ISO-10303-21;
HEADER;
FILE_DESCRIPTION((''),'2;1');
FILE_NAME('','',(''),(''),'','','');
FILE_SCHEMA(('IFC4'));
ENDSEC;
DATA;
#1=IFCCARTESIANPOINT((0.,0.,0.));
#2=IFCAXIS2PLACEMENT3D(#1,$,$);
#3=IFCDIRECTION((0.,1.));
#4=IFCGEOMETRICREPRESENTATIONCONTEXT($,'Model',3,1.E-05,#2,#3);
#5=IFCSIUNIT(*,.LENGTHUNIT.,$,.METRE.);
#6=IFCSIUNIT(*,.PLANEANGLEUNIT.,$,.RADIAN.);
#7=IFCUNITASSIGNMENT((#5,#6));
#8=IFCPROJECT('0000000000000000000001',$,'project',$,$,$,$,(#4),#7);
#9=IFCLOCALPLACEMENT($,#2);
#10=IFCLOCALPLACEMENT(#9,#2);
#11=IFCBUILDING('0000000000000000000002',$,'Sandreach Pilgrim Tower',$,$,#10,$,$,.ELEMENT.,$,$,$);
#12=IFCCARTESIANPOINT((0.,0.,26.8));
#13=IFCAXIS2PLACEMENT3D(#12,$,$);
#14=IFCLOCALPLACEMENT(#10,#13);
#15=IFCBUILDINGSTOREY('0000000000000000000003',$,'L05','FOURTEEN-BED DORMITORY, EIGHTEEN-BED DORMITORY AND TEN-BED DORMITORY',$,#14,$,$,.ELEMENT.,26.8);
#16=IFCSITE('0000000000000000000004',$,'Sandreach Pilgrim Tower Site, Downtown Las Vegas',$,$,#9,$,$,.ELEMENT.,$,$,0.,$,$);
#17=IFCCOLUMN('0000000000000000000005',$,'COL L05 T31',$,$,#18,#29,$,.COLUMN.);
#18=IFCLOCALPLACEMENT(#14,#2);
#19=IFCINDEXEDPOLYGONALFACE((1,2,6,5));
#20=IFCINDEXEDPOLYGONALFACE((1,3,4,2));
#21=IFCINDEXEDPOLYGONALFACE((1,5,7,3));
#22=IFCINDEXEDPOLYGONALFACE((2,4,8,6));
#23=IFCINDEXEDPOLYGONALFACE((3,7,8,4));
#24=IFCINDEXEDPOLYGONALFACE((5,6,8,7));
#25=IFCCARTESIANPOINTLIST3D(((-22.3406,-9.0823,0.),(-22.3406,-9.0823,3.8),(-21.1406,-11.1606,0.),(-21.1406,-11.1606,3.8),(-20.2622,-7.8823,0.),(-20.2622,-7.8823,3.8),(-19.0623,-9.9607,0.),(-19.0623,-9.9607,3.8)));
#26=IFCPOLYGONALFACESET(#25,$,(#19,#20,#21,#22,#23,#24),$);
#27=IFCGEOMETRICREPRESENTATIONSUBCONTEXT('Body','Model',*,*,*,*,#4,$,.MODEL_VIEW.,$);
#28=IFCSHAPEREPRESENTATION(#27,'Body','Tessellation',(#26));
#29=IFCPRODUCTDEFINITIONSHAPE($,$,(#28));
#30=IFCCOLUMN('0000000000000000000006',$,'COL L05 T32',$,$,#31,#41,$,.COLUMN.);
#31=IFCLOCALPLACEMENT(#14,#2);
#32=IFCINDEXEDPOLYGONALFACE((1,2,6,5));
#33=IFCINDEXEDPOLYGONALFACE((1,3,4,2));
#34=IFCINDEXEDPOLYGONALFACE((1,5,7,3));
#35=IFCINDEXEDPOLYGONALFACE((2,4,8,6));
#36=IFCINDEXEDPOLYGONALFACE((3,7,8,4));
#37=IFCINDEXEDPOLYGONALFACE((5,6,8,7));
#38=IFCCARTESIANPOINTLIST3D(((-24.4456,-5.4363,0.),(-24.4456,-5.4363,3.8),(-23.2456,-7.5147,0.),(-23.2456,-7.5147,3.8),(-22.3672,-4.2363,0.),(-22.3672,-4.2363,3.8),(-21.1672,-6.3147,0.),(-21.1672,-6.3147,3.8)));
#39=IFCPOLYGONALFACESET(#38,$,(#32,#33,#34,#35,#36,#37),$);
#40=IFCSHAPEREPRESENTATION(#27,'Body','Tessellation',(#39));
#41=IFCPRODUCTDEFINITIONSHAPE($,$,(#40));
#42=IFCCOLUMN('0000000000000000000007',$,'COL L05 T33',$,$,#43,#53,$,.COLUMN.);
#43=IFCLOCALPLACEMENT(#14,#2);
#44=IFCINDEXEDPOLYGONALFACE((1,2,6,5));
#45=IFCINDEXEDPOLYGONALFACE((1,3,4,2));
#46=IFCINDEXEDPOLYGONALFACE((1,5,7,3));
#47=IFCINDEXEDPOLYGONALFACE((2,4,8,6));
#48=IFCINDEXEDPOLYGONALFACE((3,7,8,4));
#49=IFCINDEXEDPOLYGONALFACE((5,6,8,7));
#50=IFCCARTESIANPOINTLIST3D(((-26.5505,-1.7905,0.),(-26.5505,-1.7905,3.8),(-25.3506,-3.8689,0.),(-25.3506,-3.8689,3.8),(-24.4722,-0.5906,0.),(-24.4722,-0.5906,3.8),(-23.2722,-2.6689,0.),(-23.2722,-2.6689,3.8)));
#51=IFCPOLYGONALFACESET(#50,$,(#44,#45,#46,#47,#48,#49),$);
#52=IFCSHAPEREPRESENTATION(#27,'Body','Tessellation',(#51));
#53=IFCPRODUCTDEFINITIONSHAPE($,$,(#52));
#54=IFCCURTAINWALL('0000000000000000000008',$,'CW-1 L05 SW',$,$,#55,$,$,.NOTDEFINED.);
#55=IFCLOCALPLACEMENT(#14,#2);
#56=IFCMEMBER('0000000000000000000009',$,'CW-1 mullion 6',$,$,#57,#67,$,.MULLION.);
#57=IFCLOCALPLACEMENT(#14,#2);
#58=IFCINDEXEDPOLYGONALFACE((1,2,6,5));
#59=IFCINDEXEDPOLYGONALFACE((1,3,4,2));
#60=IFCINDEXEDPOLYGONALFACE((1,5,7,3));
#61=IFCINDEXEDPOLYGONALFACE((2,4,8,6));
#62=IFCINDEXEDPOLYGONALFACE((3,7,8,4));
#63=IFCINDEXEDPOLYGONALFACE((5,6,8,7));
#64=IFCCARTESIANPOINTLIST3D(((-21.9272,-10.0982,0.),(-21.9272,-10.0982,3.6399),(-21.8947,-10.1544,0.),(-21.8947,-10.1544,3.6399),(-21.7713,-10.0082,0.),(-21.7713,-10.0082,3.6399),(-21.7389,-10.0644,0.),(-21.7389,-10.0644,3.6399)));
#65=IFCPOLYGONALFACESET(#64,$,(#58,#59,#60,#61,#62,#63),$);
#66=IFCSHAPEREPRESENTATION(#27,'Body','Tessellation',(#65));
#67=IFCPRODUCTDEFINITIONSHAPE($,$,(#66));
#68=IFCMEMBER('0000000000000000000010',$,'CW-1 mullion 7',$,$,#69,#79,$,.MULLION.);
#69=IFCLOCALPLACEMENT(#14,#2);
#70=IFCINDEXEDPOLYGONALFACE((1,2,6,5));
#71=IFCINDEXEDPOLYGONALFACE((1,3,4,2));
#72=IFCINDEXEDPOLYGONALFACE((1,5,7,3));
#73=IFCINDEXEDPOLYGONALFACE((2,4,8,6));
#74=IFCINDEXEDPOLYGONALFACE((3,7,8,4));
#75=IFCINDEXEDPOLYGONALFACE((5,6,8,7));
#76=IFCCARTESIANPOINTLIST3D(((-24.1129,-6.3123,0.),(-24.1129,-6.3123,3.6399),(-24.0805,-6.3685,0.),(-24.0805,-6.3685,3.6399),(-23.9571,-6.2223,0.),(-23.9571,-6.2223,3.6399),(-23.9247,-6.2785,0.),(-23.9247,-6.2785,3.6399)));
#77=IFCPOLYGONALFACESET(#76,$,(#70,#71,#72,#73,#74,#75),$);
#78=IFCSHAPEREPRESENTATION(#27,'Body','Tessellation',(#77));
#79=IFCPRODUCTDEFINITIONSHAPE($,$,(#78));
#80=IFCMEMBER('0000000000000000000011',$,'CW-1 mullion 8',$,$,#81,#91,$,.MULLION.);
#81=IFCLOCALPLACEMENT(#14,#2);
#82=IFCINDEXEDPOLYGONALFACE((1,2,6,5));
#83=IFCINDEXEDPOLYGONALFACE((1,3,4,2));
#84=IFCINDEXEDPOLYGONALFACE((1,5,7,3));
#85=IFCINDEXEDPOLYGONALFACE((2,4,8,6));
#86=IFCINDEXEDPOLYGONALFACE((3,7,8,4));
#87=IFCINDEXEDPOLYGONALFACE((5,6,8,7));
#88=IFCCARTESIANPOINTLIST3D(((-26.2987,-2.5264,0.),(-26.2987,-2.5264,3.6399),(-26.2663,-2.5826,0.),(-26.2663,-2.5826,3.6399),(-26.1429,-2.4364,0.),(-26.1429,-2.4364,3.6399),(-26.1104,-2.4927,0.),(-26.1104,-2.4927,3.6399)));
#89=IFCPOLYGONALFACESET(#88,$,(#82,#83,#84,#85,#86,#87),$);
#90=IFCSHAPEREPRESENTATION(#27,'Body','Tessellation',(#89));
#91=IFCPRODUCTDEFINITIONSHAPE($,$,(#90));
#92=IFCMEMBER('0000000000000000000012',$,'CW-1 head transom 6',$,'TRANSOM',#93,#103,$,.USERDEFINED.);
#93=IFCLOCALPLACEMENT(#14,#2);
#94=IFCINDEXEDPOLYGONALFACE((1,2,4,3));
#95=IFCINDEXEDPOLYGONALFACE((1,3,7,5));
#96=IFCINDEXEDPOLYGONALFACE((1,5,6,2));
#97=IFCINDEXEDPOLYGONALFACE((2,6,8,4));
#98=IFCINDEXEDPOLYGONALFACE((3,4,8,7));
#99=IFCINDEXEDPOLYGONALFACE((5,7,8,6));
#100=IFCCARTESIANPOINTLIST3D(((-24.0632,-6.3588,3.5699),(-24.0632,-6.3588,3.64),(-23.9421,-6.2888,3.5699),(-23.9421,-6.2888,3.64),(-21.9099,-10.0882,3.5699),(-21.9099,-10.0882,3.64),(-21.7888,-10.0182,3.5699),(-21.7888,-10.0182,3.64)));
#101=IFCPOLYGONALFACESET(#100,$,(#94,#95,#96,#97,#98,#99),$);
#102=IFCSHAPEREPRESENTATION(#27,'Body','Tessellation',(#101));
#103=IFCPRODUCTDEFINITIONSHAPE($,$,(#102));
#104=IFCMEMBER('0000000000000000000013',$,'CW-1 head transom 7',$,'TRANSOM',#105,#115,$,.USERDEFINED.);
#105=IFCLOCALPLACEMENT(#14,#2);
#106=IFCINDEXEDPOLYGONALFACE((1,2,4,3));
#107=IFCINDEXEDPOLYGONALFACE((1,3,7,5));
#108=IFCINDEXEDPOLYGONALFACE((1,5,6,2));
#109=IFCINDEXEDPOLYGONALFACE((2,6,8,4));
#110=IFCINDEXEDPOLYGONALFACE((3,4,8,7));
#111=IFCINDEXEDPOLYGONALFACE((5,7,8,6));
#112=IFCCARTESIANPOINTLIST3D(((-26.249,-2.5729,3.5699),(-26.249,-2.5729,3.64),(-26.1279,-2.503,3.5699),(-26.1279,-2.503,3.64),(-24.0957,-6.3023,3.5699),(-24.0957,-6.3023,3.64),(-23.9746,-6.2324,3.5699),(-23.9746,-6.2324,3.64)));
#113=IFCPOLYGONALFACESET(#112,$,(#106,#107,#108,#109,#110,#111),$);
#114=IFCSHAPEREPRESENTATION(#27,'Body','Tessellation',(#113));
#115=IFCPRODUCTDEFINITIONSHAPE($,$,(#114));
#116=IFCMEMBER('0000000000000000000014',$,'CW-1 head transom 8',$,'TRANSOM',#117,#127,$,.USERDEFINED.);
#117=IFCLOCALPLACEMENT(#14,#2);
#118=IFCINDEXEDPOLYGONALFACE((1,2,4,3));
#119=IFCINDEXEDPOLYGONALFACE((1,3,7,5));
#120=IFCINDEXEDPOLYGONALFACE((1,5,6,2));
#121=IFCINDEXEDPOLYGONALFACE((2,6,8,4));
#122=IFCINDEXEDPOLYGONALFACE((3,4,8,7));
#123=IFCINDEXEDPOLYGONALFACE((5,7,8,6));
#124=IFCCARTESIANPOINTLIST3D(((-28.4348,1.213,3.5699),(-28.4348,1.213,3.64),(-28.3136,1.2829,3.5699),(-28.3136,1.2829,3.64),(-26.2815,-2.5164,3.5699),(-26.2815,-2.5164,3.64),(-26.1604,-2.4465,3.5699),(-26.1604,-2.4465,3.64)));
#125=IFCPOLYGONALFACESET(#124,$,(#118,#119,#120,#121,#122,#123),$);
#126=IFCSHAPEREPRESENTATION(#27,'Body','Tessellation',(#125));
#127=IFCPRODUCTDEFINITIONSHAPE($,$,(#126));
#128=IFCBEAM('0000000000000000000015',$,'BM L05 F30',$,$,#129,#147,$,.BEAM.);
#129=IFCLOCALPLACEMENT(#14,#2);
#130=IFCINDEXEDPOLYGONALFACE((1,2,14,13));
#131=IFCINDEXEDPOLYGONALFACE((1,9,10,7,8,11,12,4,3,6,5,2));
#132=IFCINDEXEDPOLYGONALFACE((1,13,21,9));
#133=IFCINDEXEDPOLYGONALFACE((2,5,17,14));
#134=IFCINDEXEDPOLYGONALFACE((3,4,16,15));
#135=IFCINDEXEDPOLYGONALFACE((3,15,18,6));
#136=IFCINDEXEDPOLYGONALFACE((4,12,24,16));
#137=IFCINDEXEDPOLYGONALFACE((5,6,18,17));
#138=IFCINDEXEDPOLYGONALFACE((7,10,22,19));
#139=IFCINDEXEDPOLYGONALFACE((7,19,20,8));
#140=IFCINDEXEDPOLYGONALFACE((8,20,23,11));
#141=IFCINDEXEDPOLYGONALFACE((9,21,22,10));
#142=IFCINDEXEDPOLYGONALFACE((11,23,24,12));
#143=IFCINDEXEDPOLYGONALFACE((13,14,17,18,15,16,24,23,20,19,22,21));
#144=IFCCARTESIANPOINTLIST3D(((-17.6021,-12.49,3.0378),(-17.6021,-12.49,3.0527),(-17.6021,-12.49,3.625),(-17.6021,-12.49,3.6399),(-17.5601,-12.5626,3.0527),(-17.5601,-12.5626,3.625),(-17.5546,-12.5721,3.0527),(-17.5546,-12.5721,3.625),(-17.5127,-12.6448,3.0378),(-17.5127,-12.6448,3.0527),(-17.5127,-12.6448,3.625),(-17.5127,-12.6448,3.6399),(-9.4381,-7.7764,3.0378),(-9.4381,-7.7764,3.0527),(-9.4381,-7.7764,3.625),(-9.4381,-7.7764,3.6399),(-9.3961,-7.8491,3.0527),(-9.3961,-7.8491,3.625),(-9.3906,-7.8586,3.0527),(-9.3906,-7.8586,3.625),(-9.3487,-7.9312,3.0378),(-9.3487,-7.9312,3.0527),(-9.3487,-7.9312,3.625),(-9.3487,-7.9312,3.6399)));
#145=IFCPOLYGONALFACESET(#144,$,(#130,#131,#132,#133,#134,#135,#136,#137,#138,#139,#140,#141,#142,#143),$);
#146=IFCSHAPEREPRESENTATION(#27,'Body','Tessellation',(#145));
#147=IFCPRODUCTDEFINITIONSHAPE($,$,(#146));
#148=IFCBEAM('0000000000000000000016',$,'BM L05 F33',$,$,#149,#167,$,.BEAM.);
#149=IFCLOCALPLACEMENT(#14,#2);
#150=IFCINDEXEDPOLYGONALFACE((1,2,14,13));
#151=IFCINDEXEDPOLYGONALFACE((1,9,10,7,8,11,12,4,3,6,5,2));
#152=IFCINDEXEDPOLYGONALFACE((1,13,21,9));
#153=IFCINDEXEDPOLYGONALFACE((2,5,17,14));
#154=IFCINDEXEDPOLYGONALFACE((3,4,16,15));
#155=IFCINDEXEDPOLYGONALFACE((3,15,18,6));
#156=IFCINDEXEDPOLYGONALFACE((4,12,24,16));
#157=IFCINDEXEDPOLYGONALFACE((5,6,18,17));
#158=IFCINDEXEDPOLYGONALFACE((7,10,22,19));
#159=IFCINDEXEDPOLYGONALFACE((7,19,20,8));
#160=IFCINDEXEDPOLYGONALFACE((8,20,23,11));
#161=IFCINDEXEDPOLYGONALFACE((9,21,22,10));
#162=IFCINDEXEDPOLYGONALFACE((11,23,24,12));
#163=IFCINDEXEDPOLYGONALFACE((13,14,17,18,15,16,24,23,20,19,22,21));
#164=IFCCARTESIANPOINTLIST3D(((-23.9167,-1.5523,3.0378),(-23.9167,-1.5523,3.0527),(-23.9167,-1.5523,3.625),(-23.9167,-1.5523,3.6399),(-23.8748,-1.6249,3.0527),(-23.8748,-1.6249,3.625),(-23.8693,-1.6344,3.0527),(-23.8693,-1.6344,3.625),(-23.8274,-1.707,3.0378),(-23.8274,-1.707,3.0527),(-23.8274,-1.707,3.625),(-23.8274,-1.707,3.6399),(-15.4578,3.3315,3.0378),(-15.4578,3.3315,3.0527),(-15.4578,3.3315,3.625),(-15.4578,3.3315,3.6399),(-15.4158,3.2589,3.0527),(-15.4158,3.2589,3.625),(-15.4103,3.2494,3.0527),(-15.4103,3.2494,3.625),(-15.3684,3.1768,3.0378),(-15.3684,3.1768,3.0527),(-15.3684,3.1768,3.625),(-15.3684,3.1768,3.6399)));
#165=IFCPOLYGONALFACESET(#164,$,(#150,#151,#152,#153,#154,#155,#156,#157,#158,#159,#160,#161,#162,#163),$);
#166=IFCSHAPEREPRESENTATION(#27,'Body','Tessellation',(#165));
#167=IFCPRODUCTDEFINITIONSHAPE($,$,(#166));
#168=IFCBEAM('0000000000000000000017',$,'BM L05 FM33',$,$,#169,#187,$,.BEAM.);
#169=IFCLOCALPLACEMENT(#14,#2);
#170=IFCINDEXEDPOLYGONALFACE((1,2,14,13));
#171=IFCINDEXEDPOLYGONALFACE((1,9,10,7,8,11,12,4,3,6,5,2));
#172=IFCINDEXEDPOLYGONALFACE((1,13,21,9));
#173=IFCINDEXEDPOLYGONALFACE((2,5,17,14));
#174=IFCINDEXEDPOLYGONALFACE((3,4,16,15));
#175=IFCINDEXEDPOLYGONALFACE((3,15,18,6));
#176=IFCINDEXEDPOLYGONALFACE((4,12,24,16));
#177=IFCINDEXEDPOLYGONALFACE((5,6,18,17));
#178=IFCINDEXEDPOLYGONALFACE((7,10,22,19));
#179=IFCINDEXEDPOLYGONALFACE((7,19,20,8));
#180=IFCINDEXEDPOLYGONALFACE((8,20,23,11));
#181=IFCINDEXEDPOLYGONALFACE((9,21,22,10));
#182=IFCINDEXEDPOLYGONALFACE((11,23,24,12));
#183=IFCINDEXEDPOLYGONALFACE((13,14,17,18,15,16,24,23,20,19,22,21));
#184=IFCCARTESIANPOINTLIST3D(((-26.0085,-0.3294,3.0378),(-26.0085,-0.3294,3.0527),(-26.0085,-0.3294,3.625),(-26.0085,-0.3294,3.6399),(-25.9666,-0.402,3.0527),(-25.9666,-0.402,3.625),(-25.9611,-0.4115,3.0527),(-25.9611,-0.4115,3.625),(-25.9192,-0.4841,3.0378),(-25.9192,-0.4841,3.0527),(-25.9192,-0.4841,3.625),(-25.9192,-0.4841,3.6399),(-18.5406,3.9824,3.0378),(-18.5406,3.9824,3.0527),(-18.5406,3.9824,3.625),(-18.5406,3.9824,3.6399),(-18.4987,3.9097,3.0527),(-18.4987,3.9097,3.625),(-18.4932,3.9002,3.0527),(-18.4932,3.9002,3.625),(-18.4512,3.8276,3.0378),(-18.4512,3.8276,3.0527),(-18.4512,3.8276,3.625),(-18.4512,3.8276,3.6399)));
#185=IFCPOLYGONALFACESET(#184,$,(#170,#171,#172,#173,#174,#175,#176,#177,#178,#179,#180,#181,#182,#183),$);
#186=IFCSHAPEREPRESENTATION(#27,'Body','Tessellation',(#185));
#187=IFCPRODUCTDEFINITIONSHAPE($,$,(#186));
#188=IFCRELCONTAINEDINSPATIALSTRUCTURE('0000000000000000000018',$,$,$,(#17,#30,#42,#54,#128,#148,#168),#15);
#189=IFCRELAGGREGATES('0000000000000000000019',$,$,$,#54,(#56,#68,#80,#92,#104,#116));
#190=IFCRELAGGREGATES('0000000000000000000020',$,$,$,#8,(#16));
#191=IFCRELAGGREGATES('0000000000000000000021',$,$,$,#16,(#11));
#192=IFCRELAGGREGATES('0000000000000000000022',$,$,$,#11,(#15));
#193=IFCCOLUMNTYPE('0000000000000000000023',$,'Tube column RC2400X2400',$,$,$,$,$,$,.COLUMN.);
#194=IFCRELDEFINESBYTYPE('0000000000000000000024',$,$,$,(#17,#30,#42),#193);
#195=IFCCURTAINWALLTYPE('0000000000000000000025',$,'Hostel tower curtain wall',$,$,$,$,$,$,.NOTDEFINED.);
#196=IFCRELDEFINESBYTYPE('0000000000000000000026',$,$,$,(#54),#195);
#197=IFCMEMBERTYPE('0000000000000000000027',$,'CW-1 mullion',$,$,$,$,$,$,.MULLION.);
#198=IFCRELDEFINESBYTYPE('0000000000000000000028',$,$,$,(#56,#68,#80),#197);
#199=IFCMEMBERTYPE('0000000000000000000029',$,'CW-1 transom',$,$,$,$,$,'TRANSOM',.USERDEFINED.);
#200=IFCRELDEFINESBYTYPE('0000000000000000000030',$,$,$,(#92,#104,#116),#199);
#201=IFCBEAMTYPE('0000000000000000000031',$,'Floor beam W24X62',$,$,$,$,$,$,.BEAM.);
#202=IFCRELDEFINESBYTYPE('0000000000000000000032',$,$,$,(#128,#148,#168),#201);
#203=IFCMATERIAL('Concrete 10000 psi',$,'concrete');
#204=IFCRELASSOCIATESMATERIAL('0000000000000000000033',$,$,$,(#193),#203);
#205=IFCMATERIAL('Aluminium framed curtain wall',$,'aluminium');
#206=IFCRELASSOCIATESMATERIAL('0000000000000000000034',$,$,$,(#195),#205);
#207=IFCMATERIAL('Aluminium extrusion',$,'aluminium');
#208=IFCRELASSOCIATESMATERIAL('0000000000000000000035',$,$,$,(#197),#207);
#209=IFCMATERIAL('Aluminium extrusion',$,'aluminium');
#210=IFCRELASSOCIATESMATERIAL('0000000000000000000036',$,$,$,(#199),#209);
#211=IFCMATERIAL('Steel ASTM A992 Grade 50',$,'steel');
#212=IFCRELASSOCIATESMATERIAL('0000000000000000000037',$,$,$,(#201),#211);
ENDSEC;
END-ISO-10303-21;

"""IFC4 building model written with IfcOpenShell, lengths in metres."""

from ifc_helpers import new_model, si_unit, direction, frame, origin, origin_2d, place, context, subcontext, project, spatial, rectangle, i_section, extrude, material, material_profile, profile_set, type_object, element, aggregate, save


model = new_model("IFC4")

# Units and contexts
model_context = context("Model", 3, precision=1e-05, world=origin(), true_north=direction((0.0, 1.0)))
body_context = subcontext(model_context, "Body", "Model", "MODEL_VIEW")
ifc_project = project(units=[si_unit("LENGTHUNIT", "METRE"), si_unit("PLANEANGLEUNIT", "RADIAN")], contexts=[model_context])

# Site, building, storey
site_placement = place(None, origin())
site = spatial("IfcSite", under=ifc_project, at=site_placement, Name="Sandreach Pilgrim Tower Site, Downtown Las Vegas", CompositionType="ELEMENT", RefElevation=0.0)
building_placement = place(site_placement, origin())
building = spatial("IfcBuilding", under=site, at=building_placement, Name="Sandreach Pilgrim Tower", CompositionType="ELEMENT")
storey_placement = place(building_placement, frame((0.0, 0.0, 26.8)))
storey = spatial("IfcBuildingStorey", under=building, at=storey_placement, Name="L05", Description="FOURTEEN-BED DORMITORY, EIGHTEEN-BED DORMITORY AND TEN-BED DORMITORY", CompositionType="ELEMENT", Elevation=26.8)

# Columns
ifc_material_1 = material(Name="Concrete 10000 psi", Category="concrete")
ifc_material_profile_1 = material_profile(ifc_material_1, rectangle(XDim=2.3999, YDim=2.3999, at=origin_2d()), Name="RC2400X2400")
ifc_profile_set_1 = profile_set([ifc_material_profile_1], Name="Concrete 10000 psi")
column_type = type_object("IfcColumnType", Name="Tube column RC2400X2400", PredefinedType="COLUMN", material=ifc_profile_set_1)
for number, where, z_axis, x_axis, name in (
    (1, (-20.7014, -9.5215, 0.0), (0.0, 0.0, 1.0), (-0.866025, -0.5, 0.0), "COL L05 T31"),
    (2, (-22.8064, -5.8755, 0.0), (0.0, 0.0, 1.0), (-0.866025, -0.5, 0.0), "COL L05 T32"),
    (3, (-24.9114, -2.2297, 0.0), (0.0, 0.0, 1.0), (-0.866025, -0.5, 0.0), "COL L05 T33"),
):
    element("IfcColumn", number, at=place(storey_placement, frame(where, z_axis=z_axis, x_axis=x_axis)), inside=storey, type_object=column_type, Name=name, PredefinedType="COLUMN", context=body_context, shape_type="SweptSolid", body=[
        extrude(rectangle(XDim=2.3999, YDim=2.3999, at=origin_2d()), origin(), (0.0, 0.0, 1.0), 3.8),
    ])

# Curtain wall, members
ifc_material_2 = material(Name="Aluminium framed curtain wall", Category="aluminium")
curtain_wall_type = type_object("IfcCurtainWallType", Name="Hostel tower curtain wall", PredefinedType="NOTDEFINED", material=ifc_material_2)
curtain_wall_placement = place(storey_placement, origin())
curtain_wall = element("IfcCurtainWall", 4, at=curtain_wall_placement, inside=storey, type_object=curtain_wall_type, Name="CW-1 L05 SW", PredefinedType="NOTDEFINED")
ifc_material_3 = material(Name="Aluminium extrusion", Category="aluminium")
ifc_material_profile_2 = material_profile(ifc_material_3, rectangle(XDim=0.0649, YDim=0.1799, at=origin_2d()), Name="CW-1M 65X180")
ifc_profile_set_2 = profile_set([ifc_material_profile_2], Name="Aluminium extrusion")
member_type_1 = type_object("IfcMemberType", Name="CW-1 mullion", PredefinedType="MULLION", material=ifc_profile_set_2)
member_1_placement = place(storey_placement, frame((-21.833, -10.0813, 0.0), z_axis=(0.0, 0.0, 1.0), x_axis=(-0.5, 0.866025, 0.0)))
member_1 = element("IfcMember", 5, at=member_1_placement, type_object=member_type_1, Name="CW-1 mullion 6", PredefinedType="MULLION", context=body_context, shape_type="SweptSolid", body=[
    extrude(rectangle(XDim=0.0649, YDim=0.1799, at=origin_2d()), origin(), (0.0, 0.0, 1.0), 3.6399),
])
member_2_placement = place(storey_placement, frame((-24.0188, -6.2954, 0.0), z_axis=(0.0, 0.0, 1.0), x_axis=(-0.5, 0.866025, 0.0)))
member_2 = element("IfcMember", 6, at=member_2_placement, type_object=member_type_1, Name="CW-1 mullion 7", PredefinedType="MULLION", context=body_context, shape_type="SweptSolid", body=[
    extrude(rectangle(XDim=0.0649, YDim=0.1799, at=origin_2d()), origin(), (0.0, 0.0, 1.0), 3.6399),
])
member_3_placement = place(storey_placement, frame((-26.2046, -2.5095, 0.0), z_axis=(0.0, 0.0, 1.0), x_axis=(-0.5, 0.866025, 0.0)))
member_3 = element("IfcMember", 7, at=member_3_placement, type_object=member_type_1, Name="CW-1 mullion 8", PredefinedType="MULLION", context=body_context, shape_type="SweptSolid", body=[
    extrude(rectangle(XDim=0.0649, YDim=0.1799, at=origin_2d()), origin(), (0.0, 0.0, 1.0), 3.6399),
])
ifc_material_4 = material(Name="Aluminium extrusion", Category="aluminium")
ifc_material_profile_3 = material_profile(ifc_material_4, rectangle(XDim=0.1399, YDim=0.0701, at=origin_2d()), Name="CW-1T 140X70")
ifc_profile_set_3 = profile_set([ifc_material_profile_3], Name="Aluminium extrusion")
member_type_2 = type_object("IfcMemberType", Name="CW-1 transom", ElementType="TRANSOM", PredefinedType="USERDEFINED", material=ifc_profile_set_3)
member_4_placement = place(storey_placement, frame((-21.8494, -10.0532, 3.605), z_axis=(-0.500017, 0.866016, 0.0), x_axis=(-0.866016, -0.500017, 0.0)))
member_4 = element("IfcMember", 8, at=member_4_placement, type_object=member_type_2, Name="CW-1 head transom 6", ObjectType="TRANSOM", PredefinedType="USERDEFINED", context=body_context, shape_type="SweptSolid", body=[
    extrude(rectangle(XDim=0.1399, YDim=0.0701, at=origin_2d()), origin(), (0.0, 0.0, 1.0), 4.3064),
])
member_5_placement = place(storey_placement, frame((-24.0352, -6.2673, 3.605), z_axis=(-0.500017, 0.866016, 0.0), x_axis=(-0.866016, -0.500017, 0.0)))
member_5 = element("IfcMember", 9, at=member_5_placement, type_object=member_type_2, Name="CW-1 head transom 7", ObjectType="TRANSOM", PredefinedType="USERDEFINED", context=body_context, shape_type="SweptSolid", body=[
    extrude(rectangle(XDim=0.1399, YDim=0.0701, at=origin_2d()), origin(), (0.0, 0.0, 1.0), 4.3064),
])
member_6_placement = place(storey_placement, frame((-26.2209, -2.4814, 3.605), z_axis=(-0.500017, 0.866016, 0.0), x_axis=(-0.866016, -0.500017, 0.0)))
member_6 = element("IfcMember", 10, at=member_6_placement, type_object=member_type_2, Name="CW-1 head transom 8", ObjectType="TRANSOM", PredefinedType="USERDEFINED", context=body_context, shape_type="SweptSolid", body=[
    extrude(rectangle(XDim=0.1399, YDim=0.0701, at=origin_2d()), origin(), (0.0, 0.0, 1.0), 4.3064),
])

# Beams
ifc_material_5 = material(Name="Steel ASTM A992 Grade 50", Category="steel")
ifc_material_profile_4 = material_profile(ifc_material_5, i_section(OverallWidth=0.1787, OverallDepth=0.6021, WebThickness=0.011, FlangeThickness=0.0149, at=origin_2d()), Name="W24X62")
ifc_profile_set_4 = profile_set([ifc_material_profile_4], Name="Steel ASTM A992 Grade 50")
beam_type_1 = type_object("IfcBeamType", Name="Floor beam W24X62", PredefinedType="BEAM", material=ifc_profile_set_4)
beam_1_placement = place(storey_placement, frame((-17.5574, -12.5674, 3.3389), z_axis=(0.866021, 0.500008, 0.0), x_axis=(-0.500008, 0.866021, 0.0)))
element("IfcBeam", 11, at=beam_1_placement, inside=storey, type_object=beam_type_1, Name="BM L05 F30", PredefinedType="BEAM", context=body_context, shape_type="SweptSolid", body=[
    extrude(i_section(OverallWidth=0.1787, OverallDepth=0.6021, WebThickness=0.011, FlangeThickness=0.0149, at=origin_2d()), origin(), (0.0, 0.0, 1.0), 9.427),
])
beam_2_placement = place(storey_placement, frame((-23.8721, -1.6296, 3.3389), z_axis=(0.866026, 0.499999, 0.0), x_axis=(-0.499999, 0.866026, 0.0)))
element("IfcBeam", 12, at=beam_2_placement, inside=storey, type_object=beam_type_1, Name="BM L05 F33", PredefinedType="BEAM", context=body_context, shape_type="SweptSolid", body=[
    extrude(i_section(OverallWidth=0.1787, OverallDepth=0.6021, WebThickness=0.011, FlangeThickness=0.0149, at=origin_2d()), origin(), (0.0, 0.0, 1.0), 9.7676),
])
beam_3_placement = place(storey_placement, frame((-25.9639, -0.4067, 3.3389), z_axis=(0.86602, 0.500009, 0.0), x_axis=(-0.500009, 0.86602, 0.0)))
element("IfcBeam", 13, at=beam_3_placement, inside=storey, type_object=beam_type_1, Name="BM L05 FM33", PredefinedType="BEAM", context=body_context, shape_type="SweptSolid", body=[
    extrude(i_section(OverallWidth=0.1787, OverallDepth=0.6021, WebThickness=0.011, FlangeThickness=0.0149, at=origin_2d()), origin(), (0.0, 0.0, 1.0), 8.6233),
])

aggregate(curtain_wall, [member_1, member_2, member_3, member_4, member_5, member_6])

save(model, "model.ifc")
